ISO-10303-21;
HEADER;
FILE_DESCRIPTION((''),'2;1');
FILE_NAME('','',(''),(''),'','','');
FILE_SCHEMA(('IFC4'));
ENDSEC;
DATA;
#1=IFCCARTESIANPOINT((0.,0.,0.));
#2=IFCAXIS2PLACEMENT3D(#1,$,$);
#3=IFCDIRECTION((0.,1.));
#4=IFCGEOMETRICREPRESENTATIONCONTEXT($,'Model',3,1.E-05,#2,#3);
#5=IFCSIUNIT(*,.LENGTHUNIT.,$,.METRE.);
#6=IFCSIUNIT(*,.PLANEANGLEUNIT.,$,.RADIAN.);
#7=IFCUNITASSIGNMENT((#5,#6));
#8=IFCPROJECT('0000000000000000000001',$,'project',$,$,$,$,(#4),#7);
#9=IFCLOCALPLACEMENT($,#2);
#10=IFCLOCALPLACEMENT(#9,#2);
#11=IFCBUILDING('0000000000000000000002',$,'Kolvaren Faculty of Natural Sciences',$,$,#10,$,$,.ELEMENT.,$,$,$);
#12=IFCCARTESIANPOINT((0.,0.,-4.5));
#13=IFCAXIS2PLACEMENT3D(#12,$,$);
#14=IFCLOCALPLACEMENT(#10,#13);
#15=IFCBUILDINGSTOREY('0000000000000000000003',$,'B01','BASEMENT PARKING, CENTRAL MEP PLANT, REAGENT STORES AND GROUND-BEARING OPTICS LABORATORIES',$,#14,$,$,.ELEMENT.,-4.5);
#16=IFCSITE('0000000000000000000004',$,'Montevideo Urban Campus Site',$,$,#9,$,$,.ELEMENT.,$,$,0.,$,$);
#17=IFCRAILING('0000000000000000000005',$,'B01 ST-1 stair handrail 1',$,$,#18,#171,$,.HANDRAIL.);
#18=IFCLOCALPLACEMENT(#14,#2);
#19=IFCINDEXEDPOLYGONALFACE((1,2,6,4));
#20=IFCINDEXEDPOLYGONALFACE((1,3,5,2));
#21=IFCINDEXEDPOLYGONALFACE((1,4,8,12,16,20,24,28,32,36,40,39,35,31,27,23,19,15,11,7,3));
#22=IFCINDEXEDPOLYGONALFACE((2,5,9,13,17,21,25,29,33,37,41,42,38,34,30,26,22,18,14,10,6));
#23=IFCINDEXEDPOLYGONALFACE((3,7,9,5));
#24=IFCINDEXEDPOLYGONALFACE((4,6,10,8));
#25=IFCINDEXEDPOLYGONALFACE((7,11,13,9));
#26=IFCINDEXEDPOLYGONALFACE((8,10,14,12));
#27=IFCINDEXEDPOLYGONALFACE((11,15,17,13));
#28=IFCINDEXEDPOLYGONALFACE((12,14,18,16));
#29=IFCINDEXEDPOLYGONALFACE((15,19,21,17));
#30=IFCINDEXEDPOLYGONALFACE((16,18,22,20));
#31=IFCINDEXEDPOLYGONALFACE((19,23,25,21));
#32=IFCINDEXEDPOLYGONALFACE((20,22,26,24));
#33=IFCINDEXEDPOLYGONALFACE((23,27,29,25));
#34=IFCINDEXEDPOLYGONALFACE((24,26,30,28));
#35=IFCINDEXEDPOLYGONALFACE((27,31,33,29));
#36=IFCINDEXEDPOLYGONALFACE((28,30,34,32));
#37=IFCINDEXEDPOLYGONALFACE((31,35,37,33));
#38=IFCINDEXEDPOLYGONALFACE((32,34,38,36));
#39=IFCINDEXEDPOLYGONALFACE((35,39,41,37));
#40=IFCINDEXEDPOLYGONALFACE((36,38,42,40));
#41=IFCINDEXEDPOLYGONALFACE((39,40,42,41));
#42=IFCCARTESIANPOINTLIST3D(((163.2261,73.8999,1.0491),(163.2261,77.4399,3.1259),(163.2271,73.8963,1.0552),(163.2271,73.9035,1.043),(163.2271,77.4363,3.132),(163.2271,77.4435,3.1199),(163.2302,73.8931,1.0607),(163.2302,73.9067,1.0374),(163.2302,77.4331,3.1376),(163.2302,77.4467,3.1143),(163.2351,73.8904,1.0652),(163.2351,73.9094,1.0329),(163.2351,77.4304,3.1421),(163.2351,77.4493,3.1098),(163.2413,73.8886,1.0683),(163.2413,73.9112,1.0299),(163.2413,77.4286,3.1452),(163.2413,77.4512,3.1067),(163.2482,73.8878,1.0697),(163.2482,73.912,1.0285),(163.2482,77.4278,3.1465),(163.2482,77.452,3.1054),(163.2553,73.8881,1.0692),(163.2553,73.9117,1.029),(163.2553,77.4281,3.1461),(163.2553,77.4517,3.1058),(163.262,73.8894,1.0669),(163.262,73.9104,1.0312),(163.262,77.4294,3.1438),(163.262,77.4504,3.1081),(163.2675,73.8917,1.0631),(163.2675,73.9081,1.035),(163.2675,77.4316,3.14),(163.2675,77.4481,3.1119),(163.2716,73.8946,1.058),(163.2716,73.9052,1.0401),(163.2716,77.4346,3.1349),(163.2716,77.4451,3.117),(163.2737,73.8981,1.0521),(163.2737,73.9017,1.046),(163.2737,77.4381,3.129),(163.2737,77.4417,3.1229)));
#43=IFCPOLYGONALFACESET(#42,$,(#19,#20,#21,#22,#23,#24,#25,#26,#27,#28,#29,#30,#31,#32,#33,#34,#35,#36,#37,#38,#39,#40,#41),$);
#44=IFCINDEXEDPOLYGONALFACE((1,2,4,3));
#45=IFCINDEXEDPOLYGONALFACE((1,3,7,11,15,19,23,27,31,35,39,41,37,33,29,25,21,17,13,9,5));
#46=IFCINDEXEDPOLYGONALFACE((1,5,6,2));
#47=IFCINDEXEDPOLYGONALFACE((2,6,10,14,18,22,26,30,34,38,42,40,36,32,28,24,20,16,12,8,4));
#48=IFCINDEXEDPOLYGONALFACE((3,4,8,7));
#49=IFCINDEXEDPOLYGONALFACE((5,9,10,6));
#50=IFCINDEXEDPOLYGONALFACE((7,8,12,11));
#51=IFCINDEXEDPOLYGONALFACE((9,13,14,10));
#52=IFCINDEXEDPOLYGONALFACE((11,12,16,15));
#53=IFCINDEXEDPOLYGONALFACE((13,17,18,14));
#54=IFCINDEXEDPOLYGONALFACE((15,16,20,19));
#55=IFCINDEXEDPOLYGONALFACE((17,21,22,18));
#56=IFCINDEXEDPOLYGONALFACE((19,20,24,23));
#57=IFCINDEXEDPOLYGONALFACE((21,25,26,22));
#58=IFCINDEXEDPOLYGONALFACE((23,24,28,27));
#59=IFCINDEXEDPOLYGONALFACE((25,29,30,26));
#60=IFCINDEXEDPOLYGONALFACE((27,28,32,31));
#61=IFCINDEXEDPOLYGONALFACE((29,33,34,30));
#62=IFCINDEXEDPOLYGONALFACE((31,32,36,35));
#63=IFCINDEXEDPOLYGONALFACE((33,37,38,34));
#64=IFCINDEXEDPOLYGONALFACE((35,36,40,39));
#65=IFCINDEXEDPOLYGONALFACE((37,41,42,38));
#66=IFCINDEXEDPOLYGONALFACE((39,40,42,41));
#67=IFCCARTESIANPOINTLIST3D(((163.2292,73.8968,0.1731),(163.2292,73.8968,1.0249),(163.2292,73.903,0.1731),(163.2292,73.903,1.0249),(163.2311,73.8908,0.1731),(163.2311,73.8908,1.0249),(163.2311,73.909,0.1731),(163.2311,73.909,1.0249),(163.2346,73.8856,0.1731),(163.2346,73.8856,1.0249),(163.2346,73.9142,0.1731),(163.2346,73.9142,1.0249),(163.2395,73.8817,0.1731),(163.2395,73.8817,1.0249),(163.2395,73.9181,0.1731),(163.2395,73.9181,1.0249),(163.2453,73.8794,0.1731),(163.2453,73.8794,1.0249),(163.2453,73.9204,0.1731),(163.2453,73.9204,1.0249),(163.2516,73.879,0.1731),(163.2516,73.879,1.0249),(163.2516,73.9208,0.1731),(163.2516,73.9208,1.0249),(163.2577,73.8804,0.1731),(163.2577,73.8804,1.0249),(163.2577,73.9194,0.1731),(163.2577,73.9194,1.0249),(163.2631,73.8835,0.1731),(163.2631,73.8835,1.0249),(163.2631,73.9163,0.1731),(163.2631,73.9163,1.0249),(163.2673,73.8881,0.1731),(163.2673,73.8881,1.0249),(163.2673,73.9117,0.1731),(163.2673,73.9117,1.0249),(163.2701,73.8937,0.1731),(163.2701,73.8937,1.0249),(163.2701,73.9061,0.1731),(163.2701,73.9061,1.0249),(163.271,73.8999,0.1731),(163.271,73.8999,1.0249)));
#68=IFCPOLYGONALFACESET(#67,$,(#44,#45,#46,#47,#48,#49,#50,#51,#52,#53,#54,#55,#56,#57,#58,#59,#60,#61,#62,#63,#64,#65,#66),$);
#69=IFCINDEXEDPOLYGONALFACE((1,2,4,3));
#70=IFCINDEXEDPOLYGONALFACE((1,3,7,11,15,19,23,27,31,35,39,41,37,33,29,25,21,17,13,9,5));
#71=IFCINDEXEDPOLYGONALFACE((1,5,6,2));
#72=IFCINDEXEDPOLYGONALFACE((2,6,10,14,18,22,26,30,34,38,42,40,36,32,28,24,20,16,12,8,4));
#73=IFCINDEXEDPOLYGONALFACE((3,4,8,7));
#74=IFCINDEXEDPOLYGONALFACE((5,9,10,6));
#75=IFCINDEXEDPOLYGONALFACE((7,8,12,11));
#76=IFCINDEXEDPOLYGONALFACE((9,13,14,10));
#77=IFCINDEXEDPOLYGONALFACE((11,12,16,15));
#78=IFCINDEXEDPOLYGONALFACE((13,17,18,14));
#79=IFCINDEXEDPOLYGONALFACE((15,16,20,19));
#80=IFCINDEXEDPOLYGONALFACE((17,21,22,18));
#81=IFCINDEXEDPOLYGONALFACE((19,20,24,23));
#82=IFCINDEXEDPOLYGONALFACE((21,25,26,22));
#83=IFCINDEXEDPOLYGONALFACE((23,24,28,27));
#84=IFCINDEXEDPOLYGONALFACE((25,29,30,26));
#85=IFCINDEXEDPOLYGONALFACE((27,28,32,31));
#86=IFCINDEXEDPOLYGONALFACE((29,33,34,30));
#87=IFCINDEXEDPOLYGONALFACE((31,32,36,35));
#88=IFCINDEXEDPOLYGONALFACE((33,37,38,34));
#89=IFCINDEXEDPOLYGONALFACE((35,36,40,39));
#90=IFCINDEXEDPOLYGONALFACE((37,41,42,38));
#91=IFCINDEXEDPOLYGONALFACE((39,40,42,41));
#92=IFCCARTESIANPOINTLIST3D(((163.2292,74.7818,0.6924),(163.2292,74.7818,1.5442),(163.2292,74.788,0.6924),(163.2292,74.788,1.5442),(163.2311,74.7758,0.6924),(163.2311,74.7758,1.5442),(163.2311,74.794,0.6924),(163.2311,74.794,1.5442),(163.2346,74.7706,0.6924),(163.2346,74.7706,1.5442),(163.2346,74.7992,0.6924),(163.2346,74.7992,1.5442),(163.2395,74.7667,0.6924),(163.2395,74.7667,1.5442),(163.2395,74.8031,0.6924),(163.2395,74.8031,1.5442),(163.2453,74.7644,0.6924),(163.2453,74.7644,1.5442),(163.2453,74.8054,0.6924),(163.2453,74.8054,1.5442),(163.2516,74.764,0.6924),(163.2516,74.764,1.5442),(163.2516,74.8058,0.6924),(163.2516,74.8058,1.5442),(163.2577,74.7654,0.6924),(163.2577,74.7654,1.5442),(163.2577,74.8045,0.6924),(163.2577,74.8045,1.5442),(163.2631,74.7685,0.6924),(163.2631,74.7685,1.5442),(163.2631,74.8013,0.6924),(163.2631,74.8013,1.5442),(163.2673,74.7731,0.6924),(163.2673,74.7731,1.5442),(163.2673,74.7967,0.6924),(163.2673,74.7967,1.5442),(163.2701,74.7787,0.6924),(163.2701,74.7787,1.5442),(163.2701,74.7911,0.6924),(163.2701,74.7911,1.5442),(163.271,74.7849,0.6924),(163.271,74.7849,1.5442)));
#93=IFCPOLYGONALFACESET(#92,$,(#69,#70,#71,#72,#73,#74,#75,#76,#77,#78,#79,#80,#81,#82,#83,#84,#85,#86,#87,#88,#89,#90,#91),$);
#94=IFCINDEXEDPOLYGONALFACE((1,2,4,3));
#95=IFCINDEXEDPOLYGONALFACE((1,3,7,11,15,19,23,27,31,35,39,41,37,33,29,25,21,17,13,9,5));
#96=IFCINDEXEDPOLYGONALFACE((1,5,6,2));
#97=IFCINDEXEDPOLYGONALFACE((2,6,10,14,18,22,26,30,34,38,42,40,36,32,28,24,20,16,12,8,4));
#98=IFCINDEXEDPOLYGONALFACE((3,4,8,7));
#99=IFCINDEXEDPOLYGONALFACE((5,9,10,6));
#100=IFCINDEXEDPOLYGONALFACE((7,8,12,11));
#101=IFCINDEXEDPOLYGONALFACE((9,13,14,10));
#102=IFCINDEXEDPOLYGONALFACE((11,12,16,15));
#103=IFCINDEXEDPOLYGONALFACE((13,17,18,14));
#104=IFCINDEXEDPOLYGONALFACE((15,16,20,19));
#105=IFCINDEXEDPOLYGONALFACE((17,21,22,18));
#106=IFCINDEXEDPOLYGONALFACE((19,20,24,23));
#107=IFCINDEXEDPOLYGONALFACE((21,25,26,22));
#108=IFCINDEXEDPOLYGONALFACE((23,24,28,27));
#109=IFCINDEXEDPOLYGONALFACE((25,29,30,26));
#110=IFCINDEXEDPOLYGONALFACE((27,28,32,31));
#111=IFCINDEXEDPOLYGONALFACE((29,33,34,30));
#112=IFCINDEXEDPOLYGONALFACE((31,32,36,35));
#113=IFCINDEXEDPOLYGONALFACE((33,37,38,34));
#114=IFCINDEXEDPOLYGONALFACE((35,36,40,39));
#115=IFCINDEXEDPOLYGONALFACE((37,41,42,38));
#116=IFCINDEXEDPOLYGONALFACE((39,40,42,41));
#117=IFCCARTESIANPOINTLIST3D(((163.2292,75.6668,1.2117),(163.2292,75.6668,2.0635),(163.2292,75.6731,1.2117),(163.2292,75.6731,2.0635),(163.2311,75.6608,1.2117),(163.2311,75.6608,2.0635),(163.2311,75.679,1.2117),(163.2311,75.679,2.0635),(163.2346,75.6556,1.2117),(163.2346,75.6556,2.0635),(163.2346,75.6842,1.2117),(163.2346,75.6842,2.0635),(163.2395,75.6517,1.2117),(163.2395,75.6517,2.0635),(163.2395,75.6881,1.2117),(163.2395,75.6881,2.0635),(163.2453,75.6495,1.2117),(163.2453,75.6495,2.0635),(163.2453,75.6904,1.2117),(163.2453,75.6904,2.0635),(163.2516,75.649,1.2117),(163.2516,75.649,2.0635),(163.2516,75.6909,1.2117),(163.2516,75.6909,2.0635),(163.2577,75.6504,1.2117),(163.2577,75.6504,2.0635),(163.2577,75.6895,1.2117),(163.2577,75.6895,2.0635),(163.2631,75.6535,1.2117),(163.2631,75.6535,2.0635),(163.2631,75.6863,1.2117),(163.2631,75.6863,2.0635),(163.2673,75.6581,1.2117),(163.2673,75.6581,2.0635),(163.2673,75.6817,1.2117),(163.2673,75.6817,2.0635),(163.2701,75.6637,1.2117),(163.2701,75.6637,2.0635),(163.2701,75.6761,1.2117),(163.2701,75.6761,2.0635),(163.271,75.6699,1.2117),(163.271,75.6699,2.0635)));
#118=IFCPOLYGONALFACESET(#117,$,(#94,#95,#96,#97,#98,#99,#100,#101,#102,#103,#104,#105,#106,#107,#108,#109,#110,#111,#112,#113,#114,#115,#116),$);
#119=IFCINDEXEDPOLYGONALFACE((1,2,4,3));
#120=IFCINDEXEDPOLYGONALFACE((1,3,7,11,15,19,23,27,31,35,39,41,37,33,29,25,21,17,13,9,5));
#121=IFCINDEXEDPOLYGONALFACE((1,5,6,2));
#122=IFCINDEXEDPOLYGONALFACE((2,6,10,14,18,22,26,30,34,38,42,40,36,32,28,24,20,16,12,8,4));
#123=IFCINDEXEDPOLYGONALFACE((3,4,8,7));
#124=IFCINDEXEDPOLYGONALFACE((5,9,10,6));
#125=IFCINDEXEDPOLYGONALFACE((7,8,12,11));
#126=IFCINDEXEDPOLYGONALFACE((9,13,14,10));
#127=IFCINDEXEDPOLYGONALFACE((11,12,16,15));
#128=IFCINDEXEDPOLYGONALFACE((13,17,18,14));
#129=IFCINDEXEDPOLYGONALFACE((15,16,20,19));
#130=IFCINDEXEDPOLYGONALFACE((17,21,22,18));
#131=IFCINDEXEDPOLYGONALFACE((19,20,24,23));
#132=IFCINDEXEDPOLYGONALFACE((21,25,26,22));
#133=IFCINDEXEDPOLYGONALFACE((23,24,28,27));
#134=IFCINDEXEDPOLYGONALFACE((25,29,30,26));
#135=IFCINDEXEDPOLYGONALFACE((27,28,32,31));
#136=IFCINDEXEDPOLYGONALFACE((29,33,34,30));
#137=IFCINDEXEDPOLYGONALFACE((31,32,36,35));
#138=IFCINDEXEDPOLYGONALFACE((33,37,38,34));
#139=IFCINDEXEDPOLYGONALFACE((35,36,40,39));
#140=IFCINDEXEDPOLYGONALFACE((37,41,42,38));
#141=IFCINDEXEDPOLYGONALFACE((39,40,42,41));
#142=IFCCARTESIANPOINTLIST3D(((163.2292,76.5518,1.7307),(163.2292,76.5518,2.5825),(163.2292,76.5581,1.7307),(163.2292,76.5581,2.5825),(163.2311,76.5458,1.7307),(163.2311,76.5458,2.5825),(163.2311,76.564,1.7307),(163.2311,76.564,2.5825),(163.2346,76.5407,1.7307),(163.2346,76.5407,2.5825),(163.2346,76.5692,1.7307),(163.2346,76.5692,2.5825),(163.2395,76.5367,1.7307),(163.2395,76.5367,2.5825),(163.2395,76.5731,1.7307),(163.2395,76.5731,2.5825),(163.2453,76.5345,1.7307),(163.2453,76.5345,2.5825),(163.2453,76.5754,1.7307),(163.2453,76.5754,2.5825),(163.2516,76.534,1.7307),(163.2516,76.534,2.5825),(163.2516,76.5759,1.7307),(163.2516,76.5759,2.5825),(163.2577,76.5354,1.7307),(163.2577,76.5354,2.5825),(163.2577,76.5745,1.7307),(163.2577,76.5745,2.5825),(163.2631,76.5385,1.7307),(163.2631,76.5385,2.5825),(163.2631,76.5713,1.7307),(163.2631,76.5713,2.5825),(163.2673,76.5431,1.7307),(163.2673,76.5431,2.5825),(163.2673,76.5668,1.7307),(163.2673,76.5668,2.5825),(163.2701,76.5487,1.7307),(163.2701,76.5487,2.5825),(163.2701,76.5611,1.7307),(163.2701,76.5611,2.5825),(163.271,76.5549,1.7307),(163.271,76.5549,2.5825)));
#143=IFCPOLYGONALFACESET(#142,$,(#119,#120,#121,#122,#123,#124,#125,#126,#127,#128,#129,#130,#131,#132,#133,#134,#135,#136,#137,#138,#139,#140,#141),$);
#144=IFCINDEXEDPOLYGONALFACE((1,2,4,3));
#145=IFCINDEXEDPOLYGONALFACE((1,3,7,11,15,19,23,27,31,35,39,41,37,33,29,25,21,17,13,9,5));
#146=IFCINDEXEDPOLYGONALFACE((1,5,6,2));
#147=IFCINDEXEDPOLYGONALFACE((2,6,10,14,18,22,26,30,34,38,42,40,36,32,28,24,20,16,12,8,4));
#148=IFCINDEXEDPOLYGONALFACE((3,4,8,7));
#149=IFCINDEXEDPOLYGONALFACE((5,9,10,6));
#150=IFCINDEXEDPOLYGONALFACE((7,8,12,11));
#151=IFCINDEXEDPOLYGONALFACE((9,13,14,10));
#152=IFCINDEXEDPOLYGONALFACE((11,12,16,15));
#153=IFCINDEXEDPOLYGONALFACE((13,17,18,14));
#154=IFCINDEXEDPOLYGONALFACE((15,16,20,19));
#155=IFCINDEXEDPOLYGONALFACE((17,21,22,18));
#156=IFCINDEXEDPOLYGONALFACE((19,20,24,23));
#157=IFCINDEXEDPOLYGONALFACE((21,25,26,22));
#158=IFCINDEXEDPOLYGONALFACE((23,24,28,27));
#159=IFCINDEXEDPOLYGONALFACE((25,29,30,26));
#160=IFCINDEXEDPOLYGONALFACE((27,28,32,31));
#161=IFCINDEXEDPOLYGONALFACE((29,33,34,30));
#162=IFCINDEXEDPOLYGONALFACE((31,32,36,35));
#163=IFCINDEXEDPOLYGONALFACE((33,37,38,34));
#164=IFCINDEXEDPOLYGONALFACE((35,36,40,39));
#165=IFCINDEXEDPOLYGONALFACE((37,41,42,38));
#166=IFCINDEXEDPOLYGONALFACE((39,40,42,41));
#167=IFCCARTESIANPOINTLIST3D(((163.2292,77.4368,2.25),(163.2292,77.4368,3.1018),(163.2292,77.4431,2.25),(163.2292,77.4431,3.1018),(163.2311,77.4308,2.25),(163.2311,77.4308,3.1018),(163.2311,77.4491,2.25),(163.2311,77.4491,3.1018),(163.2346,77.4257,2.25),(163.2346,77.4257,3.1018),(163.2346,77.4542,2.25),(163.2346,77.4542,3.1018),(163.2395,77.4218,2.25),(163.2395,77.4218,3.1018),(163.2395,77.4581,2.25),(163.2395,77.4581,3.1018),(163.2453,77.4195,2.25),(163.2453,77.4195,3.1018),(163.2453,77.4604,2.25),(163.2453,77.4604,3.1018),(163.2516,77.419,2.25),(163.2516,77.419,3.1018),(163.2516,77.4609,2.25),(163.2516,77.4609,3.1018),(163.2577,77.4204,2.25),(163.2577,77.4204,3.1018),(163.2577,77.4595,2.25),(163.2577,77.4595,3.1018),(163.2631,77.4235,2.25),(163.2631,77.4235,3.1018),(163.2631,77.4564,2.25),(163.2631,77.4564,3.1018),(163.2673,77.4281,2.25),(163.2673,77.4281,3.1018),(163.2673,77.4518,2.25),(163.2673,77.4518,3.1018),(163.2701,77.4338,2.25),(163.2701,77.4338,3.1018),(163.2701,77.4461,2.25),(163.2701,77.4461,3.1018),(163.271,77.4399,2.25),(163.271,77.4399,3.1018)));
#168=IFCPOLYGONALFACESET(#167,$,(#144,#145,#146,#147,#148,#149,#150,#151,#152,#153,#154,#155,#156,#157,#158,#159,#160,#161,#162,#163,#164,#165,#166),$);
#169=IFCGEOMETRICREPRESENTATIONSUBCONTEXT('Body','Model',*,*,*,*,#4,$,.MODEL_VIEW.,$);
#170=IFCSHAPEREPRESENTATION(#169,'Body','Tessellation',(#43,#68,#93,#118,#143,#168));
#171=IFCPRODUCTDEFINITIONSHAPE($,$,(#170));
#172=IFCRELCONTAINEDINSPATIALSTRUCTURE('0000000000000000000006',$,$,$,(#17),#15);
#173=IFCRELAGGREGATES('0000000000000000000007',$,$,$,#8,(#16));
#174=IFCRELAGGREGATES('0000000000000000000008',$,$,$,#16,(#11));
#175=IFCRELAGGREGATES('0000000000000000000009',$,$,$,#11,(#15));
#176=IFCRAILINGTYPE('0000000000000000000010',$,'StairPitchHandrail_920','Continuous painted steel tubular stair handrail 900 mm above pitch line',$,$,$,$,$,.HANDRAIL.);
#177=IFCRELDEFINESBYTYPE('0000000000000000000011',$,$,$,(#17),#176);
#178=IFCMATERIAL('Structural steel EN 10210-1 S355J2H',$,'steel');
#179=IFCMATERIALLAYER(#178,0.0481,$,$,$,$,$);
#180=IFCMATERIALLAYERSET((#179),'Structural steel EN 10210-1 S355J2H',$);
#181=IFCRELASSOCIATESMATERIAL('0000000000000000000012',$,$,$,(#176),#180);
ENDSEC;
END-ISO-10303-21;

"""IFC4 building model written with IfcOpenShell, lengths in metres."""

from ifc_helpers import new_model, si_unit, direction, frame, origin, origin_2d, place, context, subcontext, project, spatial, circle, extrude, material, layer, layer_set, type_object, element, save


model = new_model("IFC4")

# Units and contexts
model_context = context("Model", 3, precision=1e-05, world=origin(), true_north=direction((0.0, 1.0)))
body_context = subcontext(model_context, "Body", "Model", "MODEL_VIEW")
ifc_project = project(units=[si_unit("LENGTHUNIT", "METRE"), si_unit("PLANEANGLEUNIT", "RADIAN")], contexts=[model_context])

# Site, building, storey
site_placement = place(None, origin())
site = spatial("IfcSite", under=ifc_project, at=site_placement, Name="Montevideo Urban Campus Site", CompositionType="ELEMENT", RefElevation=0.0)
building_placement = place(site_placement, origin())
building = spatial("IfcBuilding", under=site, at=building_placement, Name="Kolvaren Faculty of Natural Sciences", CompositionType="ELEMENT")
storey_placement = place(building_placement, frame((0.0, 0.0, -4.5)))
storey = spatial("IfcBuildingStorey", under=building, at=storey_placement, Name="B01", Description="BASEMENT PARKING, CENTRAL MEP PLANT, REAGENT STORES AND GROUND-BEARING OPTICS LABORATORIES", CompositionType="ELEMENT", Elevation=-4.5)

# Railing
ifc_material_1 = material(Name="Structural steel EN 10210-1 S355J2H", Category="steel")
ifc_layer_1 = layer(ifc_material_1, 0.0481)
ifc_layer_set_1 = layer_set([ifc_layer_1], Name="Structural steel EN 10210-1 S355J2H")
railing_type = type_object("IfcRailingType", Name="StairPitchHandrail_920", Description="Continuous painted steel tubular stair handrail 900 mm above pitch line", PredefinedType="HANDRAIL", material=ifc_layer_set_1)
railing_placement = place(storey_placement, frame((163.25, 73.8999, 0.1731)))
element("IfcRailing", 1, at=railing_placement, inside=storey, type_object=railing_type, Name="B01 ST-1 stair handrail 1", PredefinedType="HANDRAIL", context=body_context, shape_type="SweptSolid", body=[
    extrude(circle(Radius=0.0239, at=origin_2d()), frame((0.0, 0.0, 0.876), z_axis=(0.0, 0.862516, 0.506029), x_axis=(-1.0, 0.0, 0.0)), (0.0, 0.0, 1.0), 4.1042),
    extrude(circle(Radius=0.021, at=origin_2d()), origin(), (0.0, 0.0, 1.0), 0.8518),
    extrude(circle(Radius=0.021, at=origin_2d()), frame((0.0, 0.885, 0.5193)), (0.0, 0.0, 1.0), 0.8518),
    extrude(circle(Radius=0.021, at=origin_2d()), frame((0.0, 1.77, 1.0386)), (0.0, 0.0, 1.0), 0.8518),
    extrude(circle(Radius=0.021, at=origin_2d()), frame((0.0, 2.655, 1.5576)), (0.0, 0.0, 1.0), 0.8518),
    extrude(circle(Radius=0.021, at=origin_2d()), frame((0.0, 3.54, 2.0769)), (0.0, 0.0, 1.0), 0.8518),
])

save(model, "model.ifc")
